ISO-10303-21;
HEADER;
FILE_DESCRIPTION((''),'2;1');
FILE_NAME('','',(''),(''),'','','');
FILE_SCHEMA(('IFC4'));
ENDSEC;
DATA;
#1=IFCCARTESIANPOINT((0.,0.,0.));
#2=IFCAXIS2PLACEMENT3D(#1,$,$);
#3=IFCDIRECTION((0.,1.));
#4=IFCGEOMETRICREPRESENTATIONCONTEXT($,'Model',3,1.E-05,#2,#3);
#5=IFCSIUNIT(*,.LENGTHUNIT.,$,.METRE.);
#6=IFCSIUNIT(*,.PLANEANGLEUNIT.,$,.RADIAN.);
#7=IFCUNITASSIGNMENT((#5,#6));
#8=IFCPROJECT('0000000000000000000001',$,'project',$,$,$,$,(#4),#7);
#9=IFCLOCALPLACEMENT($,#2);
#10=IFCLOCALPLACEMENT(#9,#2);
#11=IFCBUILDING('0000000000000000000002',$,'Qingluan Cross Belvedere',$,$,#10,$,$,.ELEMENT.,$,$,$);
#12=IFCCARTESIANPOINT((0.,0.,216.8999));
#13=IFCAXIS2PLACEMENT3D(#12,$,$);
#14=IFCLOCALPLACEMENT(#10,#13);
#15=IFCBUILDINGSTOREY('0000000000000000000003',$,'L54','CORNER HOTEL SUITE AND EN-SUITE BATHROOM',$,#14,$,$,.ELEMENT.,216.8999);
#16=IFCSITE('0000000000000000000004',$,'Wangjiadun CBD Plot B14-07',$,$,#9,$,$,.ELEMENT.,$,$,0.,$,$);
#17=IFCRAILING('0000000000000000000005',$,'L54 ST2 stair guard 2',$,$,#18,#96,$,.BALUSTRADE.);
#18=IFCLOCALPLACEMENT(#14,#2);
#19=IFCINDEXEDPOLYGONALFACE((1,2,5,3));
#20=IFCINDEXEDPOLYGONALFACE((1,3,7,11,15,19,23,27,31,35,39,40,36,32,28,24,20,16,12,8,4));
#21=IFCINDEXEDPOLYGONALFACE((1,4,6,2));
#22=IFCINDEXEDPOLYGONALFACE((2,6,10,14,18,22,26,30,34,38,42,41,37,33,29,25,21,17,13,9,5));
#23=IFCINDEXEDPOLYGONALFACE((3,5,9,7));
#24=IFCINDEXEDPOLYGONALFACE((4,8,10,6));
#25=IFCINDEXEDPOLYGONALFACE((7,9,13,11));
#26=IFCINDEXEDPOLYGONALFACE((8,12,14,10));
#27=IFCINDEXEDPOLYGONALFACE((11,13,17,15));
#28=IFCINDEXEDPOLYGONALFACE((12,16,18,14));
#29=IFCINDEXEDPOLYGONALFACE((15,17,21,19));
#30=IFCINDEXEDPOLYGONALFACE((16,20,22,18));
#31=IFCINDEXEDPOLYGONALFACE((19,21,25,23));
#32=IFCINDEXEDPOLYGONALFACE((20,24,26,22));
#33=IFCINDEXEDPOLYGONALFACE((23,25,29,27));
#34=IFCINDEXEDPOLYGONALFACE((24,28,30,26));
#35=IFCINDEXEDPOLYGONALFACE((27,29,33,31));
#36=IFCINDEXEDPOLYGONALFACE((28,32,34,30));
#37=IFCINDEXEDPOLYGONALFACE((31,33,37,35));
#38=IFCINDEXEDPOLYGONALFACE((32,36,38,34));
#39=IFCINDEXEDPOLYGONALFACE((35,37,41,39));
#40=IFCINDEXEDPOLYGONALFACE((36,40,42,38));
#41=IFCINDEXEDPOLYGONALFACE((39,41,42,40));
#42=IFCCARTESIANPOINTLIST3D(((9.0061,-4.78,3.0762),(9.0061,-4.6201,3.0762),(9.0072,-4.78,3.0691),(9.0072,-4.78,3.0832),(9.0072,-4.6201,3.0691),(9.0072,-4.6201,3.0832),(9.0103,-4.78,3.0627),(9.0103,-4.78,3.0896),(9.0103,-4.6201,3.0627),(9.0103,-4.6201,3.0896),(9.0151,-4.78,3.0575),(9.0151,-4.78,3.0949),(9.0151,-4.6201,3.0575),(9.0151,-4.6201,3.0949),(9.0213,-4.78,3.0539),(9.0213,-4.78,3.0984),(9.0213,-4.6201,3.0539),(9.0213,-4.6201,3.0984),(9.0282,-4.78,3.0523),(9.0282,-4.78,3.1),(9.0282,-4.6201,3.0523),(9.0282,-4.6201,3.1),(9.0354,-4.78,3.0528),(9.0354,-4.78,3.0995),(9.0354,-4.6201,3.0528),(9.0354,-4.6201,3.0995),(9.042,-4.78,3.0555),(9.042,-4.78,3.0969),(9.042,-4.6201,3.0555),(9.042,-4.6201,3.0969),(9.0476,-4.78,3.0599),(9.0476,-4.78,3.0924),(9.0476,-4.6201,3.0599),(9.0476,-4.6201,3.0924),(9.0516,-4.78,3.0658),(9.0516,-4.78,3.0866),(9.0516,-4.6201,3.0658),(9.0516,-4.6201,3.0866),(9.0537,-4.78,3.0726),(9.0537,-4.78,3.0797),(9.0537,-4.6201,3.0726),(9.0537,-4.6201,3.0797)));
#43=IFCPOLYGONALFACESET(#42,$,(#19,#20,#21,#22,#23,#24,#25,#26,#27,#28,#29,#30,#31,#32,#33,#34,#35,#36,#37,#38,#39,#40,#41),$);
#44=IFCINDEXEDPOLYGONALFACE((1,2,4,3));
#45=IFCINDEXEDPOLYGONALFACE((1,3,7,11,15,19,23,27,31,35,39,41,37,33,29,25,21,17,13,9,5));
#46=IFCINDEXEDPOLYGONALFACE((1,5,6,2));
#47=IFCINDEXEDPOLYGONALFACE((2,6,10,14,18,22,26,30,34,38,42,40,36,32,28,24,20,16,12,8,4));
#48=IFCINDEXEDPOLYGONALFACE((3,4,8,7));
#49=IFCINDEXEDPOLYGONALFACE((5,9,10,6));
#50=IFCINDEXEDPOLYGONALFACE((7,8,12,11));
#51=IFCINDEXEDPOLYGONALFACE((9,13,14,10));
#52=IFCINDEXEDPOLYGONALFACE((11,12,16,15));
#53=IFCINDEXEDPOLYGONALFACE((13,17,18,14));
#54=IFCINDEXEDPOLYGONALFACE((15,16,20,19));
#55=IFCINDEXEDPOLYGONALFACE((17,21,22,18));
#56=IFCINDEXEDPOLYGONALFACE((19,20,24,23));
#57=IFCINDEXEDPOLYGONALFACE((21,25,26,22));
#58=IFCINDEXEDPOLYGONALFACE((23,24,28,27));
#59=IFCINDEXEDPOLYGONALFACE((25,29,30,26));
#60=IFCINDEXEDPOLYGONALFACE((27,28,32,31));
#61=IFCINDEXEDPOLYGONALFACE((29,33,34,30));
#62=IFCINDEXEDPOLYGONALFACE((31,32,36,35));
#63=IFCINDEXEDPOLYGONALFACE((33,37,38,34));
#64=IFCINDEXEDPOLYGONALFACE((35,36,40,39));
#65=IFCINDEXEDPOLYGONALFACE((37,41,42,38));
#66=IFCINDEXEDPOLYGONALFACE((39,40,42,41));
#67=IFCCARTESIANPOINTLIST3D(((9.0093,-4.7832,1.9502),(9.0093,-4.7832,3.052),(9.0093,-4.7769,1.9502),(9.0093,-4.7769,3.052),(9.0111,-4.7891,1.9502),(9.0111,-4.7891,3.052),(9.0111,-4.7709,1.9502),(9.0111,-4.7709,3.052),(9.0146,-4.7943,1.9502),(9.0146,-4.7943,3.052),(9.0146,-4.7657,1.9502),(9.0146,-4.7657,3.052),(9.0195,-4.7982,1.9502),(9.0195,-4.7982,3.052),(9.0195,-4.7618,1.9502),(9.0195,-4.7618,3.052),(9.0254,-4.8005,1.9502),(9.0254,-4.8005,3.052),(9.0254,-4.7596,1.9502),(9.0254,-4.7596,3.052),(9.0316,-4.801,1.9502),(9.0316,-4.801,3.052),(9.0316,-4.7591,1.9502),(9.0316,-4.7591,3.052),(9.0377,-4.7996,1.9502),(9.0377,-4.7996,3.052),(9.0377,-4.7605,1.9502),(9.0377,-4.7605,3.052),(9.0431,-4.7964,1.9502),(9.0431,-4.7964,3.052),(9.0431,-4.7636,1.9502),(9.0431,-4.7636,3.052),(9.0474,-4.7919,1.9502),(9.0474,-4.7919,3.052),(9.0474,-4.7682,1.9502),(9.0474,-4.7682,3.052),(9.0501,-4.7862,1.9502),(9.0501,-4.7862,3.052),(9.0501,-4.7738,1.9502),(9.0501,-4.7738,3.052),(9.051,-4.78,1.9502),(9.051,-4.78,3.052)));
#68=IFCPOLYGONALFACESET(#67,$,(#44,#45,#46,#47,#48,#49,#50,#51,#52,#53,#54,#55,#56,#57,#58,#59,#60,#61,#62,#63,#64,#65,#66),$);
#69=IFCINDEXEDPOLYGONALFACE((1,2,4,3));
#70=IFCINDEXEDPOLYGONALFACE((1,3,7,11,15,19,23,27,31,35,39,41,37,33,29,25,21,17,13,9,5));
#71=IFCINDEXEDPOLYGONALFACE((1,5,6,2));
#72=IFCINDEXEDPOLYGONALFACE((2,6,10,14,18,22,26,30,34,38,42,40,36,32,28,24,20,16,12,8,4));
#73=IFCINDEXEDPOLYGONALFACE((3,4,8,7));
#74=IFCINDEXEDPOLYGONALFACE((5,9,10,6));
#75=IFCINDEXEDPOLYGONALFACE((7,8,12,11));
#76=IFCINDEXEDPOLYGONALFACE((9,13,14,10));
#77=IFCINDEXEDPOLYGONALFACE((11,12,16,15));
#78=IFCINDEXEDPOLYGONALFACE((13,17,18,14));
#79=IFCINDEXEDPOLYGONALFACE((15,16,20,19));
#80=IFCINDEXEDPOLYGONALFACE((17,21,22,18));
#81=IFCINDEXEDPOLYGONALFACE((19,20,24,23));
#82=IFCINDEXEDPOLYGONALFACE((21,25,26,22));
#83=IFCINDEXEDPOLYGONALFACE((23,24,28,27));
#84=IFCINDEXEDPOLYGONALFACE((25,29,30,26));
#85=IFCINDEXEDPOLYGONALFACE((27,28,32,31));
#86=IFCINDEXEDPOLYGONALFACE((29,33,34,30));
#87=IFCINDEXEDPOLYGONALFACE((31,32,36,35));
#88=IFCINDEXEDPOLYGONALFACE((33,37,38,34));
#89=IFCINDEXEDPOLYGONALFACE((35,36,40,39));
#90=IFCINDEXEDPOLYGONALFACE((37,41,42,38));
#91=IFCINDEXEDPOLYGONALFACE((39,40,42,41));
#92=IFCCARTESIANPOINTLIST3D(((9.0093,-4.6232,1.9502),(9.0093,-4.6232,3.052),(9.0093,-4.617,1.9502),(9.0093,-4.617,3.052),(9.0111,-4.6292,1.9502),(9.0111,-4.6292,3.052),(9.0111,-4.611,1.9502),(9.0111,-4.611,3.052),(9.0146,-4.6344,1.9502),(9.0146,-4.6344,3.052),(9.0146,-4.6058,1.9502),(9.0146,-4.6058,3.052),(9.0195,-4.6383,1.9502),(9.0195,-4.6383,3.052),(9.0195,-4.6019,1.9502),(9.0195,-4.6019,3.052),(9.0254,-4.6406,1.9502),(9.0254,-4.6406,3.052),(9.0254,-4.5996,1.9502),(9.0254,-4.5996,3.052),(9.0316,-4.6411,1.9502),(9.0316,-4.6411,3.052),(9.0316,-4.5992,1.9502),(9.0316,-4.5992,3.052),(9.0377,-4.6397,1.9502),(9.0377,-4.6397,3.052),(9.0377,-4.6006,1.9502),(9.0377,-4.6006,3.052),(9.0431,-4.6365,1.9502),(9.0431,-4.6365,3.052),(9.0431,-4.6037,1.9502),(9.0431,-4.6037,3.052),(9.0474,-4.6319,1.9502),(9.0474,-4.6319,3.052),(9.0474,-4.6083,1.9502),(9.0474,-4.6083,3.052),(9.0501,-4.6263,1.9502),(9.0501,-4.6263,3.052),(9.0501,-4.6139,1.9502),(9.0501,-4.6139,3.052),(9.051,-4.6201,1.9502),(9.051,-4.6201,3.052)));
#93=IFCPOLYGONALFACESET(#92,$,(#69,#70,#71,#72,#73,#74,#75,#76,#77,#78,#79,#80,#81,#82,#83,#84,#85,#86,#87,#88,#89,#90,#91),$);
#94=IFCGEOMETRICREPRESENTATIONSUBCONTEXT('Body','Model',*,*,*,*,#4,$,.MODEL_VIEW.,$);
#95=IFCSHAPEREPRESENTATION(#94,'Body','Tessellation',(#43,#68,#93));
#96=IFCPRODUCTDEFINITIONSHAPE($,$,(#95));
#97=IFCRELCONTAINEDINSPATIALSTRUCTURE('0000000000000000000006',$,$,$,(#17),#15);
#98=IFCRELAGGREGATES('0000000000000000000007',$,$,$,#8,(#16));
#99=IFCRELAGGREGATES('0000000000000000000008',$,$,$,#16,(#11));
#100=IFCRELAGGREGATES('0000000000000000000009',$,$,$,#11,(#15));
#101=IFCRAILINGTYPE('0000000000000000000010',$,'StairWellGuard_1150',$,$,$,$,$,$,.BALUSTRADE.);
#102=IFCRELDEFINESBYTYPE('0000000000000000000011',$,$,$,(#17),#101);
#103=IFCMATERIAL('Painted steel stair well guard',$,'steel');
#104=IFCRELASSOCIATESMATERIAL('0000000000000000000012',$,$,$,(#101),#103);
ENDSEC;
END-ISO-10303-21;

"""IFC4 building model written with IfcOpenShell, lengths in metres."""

from ifc_helpers import new_model, si_unit, direction, frame, origin, origin_2d, place, context, subcontext, project, spatial, circle, extrude, material, type_object, element, save


model = new_model("IFC4")

# Units and contexts
model_context = context("Model", 3, precision=1e-05, world=origin(), true_north=direction((0.0, 1.0)))
body_context = subcontext(model_context, "Body", "Model", "MODEL_VIEW")
ifc_project = project(units=[si_unit("LENGTHUNIT", "METRE"), si_unit("PLANEANGLEUNIT", "RADIAN")], contexts=[model_context])

# Site, building, storey
site_placement = place(None, origin())
site = spatial("IfcSite", under=ifc_project, at=site_placement, Name="Wangjiadun CBD Plot B14-07", CompositionType="ELEMENT", RefElevation=0.0)
building_placement = place(site_placement, origin())
building = spatial("IfcBuilding", under=site, at=building_placement, Name="Qingluan Cross Belvedere", CompositionType="ELEMENT")
storey_placement = place(building_placement, frame((0.0, 0.0, 216.8999)))
storey = spatial("IfcBuildingStorey", under=building, at=storey_placement, Name="L54", Description="CORNER HOTEL SUITE AND EN-SUITE BATHROOM", CompositionType="ELEMENT", Elevation=216.8999)

# Railing
ifc_material_1 = material(Name="Painted steel stair well guard", Category="steel")
railing_type_1 = type_object("IfcRailingType", Name="StairWellGuard_1150", PredefinedType="BALUSTRADE", material=ifc_material_1)
railing_1_placement = place(storey_placement, frame((9.03, -4.78, 1.9502)))
element("IfcRailing", 1, at=railing_1_placement, inside=storey, type_object=railing_type_1, Name="L54 ST2 stair guard 2", PredefinedType="BALUSTRADE", context=body_context, shape_type="SweptSolid", body=[
    extrude(circle(Radius=0.0239, at=origin_2d()), frame((0.0, 0.0, 1.126), z_axis=(0.0, 1.0, 0.0), x_axis=(-1.0, 0.0, 0.0)), (0.0, 0.0, 1.0), 0.1599),
    extrude(circle(Radius=0.021, at=origin_2d()), origin(), (0.0, 0.0, 1.0), 1.1018),
    extrude(circle(Radius=0.021, at=origin_2d()), frame((0.0, 0.1599, 0.0)), (0.0, 0.0, 1.0), 1.1018),
])

save(model, "model.ifc")
